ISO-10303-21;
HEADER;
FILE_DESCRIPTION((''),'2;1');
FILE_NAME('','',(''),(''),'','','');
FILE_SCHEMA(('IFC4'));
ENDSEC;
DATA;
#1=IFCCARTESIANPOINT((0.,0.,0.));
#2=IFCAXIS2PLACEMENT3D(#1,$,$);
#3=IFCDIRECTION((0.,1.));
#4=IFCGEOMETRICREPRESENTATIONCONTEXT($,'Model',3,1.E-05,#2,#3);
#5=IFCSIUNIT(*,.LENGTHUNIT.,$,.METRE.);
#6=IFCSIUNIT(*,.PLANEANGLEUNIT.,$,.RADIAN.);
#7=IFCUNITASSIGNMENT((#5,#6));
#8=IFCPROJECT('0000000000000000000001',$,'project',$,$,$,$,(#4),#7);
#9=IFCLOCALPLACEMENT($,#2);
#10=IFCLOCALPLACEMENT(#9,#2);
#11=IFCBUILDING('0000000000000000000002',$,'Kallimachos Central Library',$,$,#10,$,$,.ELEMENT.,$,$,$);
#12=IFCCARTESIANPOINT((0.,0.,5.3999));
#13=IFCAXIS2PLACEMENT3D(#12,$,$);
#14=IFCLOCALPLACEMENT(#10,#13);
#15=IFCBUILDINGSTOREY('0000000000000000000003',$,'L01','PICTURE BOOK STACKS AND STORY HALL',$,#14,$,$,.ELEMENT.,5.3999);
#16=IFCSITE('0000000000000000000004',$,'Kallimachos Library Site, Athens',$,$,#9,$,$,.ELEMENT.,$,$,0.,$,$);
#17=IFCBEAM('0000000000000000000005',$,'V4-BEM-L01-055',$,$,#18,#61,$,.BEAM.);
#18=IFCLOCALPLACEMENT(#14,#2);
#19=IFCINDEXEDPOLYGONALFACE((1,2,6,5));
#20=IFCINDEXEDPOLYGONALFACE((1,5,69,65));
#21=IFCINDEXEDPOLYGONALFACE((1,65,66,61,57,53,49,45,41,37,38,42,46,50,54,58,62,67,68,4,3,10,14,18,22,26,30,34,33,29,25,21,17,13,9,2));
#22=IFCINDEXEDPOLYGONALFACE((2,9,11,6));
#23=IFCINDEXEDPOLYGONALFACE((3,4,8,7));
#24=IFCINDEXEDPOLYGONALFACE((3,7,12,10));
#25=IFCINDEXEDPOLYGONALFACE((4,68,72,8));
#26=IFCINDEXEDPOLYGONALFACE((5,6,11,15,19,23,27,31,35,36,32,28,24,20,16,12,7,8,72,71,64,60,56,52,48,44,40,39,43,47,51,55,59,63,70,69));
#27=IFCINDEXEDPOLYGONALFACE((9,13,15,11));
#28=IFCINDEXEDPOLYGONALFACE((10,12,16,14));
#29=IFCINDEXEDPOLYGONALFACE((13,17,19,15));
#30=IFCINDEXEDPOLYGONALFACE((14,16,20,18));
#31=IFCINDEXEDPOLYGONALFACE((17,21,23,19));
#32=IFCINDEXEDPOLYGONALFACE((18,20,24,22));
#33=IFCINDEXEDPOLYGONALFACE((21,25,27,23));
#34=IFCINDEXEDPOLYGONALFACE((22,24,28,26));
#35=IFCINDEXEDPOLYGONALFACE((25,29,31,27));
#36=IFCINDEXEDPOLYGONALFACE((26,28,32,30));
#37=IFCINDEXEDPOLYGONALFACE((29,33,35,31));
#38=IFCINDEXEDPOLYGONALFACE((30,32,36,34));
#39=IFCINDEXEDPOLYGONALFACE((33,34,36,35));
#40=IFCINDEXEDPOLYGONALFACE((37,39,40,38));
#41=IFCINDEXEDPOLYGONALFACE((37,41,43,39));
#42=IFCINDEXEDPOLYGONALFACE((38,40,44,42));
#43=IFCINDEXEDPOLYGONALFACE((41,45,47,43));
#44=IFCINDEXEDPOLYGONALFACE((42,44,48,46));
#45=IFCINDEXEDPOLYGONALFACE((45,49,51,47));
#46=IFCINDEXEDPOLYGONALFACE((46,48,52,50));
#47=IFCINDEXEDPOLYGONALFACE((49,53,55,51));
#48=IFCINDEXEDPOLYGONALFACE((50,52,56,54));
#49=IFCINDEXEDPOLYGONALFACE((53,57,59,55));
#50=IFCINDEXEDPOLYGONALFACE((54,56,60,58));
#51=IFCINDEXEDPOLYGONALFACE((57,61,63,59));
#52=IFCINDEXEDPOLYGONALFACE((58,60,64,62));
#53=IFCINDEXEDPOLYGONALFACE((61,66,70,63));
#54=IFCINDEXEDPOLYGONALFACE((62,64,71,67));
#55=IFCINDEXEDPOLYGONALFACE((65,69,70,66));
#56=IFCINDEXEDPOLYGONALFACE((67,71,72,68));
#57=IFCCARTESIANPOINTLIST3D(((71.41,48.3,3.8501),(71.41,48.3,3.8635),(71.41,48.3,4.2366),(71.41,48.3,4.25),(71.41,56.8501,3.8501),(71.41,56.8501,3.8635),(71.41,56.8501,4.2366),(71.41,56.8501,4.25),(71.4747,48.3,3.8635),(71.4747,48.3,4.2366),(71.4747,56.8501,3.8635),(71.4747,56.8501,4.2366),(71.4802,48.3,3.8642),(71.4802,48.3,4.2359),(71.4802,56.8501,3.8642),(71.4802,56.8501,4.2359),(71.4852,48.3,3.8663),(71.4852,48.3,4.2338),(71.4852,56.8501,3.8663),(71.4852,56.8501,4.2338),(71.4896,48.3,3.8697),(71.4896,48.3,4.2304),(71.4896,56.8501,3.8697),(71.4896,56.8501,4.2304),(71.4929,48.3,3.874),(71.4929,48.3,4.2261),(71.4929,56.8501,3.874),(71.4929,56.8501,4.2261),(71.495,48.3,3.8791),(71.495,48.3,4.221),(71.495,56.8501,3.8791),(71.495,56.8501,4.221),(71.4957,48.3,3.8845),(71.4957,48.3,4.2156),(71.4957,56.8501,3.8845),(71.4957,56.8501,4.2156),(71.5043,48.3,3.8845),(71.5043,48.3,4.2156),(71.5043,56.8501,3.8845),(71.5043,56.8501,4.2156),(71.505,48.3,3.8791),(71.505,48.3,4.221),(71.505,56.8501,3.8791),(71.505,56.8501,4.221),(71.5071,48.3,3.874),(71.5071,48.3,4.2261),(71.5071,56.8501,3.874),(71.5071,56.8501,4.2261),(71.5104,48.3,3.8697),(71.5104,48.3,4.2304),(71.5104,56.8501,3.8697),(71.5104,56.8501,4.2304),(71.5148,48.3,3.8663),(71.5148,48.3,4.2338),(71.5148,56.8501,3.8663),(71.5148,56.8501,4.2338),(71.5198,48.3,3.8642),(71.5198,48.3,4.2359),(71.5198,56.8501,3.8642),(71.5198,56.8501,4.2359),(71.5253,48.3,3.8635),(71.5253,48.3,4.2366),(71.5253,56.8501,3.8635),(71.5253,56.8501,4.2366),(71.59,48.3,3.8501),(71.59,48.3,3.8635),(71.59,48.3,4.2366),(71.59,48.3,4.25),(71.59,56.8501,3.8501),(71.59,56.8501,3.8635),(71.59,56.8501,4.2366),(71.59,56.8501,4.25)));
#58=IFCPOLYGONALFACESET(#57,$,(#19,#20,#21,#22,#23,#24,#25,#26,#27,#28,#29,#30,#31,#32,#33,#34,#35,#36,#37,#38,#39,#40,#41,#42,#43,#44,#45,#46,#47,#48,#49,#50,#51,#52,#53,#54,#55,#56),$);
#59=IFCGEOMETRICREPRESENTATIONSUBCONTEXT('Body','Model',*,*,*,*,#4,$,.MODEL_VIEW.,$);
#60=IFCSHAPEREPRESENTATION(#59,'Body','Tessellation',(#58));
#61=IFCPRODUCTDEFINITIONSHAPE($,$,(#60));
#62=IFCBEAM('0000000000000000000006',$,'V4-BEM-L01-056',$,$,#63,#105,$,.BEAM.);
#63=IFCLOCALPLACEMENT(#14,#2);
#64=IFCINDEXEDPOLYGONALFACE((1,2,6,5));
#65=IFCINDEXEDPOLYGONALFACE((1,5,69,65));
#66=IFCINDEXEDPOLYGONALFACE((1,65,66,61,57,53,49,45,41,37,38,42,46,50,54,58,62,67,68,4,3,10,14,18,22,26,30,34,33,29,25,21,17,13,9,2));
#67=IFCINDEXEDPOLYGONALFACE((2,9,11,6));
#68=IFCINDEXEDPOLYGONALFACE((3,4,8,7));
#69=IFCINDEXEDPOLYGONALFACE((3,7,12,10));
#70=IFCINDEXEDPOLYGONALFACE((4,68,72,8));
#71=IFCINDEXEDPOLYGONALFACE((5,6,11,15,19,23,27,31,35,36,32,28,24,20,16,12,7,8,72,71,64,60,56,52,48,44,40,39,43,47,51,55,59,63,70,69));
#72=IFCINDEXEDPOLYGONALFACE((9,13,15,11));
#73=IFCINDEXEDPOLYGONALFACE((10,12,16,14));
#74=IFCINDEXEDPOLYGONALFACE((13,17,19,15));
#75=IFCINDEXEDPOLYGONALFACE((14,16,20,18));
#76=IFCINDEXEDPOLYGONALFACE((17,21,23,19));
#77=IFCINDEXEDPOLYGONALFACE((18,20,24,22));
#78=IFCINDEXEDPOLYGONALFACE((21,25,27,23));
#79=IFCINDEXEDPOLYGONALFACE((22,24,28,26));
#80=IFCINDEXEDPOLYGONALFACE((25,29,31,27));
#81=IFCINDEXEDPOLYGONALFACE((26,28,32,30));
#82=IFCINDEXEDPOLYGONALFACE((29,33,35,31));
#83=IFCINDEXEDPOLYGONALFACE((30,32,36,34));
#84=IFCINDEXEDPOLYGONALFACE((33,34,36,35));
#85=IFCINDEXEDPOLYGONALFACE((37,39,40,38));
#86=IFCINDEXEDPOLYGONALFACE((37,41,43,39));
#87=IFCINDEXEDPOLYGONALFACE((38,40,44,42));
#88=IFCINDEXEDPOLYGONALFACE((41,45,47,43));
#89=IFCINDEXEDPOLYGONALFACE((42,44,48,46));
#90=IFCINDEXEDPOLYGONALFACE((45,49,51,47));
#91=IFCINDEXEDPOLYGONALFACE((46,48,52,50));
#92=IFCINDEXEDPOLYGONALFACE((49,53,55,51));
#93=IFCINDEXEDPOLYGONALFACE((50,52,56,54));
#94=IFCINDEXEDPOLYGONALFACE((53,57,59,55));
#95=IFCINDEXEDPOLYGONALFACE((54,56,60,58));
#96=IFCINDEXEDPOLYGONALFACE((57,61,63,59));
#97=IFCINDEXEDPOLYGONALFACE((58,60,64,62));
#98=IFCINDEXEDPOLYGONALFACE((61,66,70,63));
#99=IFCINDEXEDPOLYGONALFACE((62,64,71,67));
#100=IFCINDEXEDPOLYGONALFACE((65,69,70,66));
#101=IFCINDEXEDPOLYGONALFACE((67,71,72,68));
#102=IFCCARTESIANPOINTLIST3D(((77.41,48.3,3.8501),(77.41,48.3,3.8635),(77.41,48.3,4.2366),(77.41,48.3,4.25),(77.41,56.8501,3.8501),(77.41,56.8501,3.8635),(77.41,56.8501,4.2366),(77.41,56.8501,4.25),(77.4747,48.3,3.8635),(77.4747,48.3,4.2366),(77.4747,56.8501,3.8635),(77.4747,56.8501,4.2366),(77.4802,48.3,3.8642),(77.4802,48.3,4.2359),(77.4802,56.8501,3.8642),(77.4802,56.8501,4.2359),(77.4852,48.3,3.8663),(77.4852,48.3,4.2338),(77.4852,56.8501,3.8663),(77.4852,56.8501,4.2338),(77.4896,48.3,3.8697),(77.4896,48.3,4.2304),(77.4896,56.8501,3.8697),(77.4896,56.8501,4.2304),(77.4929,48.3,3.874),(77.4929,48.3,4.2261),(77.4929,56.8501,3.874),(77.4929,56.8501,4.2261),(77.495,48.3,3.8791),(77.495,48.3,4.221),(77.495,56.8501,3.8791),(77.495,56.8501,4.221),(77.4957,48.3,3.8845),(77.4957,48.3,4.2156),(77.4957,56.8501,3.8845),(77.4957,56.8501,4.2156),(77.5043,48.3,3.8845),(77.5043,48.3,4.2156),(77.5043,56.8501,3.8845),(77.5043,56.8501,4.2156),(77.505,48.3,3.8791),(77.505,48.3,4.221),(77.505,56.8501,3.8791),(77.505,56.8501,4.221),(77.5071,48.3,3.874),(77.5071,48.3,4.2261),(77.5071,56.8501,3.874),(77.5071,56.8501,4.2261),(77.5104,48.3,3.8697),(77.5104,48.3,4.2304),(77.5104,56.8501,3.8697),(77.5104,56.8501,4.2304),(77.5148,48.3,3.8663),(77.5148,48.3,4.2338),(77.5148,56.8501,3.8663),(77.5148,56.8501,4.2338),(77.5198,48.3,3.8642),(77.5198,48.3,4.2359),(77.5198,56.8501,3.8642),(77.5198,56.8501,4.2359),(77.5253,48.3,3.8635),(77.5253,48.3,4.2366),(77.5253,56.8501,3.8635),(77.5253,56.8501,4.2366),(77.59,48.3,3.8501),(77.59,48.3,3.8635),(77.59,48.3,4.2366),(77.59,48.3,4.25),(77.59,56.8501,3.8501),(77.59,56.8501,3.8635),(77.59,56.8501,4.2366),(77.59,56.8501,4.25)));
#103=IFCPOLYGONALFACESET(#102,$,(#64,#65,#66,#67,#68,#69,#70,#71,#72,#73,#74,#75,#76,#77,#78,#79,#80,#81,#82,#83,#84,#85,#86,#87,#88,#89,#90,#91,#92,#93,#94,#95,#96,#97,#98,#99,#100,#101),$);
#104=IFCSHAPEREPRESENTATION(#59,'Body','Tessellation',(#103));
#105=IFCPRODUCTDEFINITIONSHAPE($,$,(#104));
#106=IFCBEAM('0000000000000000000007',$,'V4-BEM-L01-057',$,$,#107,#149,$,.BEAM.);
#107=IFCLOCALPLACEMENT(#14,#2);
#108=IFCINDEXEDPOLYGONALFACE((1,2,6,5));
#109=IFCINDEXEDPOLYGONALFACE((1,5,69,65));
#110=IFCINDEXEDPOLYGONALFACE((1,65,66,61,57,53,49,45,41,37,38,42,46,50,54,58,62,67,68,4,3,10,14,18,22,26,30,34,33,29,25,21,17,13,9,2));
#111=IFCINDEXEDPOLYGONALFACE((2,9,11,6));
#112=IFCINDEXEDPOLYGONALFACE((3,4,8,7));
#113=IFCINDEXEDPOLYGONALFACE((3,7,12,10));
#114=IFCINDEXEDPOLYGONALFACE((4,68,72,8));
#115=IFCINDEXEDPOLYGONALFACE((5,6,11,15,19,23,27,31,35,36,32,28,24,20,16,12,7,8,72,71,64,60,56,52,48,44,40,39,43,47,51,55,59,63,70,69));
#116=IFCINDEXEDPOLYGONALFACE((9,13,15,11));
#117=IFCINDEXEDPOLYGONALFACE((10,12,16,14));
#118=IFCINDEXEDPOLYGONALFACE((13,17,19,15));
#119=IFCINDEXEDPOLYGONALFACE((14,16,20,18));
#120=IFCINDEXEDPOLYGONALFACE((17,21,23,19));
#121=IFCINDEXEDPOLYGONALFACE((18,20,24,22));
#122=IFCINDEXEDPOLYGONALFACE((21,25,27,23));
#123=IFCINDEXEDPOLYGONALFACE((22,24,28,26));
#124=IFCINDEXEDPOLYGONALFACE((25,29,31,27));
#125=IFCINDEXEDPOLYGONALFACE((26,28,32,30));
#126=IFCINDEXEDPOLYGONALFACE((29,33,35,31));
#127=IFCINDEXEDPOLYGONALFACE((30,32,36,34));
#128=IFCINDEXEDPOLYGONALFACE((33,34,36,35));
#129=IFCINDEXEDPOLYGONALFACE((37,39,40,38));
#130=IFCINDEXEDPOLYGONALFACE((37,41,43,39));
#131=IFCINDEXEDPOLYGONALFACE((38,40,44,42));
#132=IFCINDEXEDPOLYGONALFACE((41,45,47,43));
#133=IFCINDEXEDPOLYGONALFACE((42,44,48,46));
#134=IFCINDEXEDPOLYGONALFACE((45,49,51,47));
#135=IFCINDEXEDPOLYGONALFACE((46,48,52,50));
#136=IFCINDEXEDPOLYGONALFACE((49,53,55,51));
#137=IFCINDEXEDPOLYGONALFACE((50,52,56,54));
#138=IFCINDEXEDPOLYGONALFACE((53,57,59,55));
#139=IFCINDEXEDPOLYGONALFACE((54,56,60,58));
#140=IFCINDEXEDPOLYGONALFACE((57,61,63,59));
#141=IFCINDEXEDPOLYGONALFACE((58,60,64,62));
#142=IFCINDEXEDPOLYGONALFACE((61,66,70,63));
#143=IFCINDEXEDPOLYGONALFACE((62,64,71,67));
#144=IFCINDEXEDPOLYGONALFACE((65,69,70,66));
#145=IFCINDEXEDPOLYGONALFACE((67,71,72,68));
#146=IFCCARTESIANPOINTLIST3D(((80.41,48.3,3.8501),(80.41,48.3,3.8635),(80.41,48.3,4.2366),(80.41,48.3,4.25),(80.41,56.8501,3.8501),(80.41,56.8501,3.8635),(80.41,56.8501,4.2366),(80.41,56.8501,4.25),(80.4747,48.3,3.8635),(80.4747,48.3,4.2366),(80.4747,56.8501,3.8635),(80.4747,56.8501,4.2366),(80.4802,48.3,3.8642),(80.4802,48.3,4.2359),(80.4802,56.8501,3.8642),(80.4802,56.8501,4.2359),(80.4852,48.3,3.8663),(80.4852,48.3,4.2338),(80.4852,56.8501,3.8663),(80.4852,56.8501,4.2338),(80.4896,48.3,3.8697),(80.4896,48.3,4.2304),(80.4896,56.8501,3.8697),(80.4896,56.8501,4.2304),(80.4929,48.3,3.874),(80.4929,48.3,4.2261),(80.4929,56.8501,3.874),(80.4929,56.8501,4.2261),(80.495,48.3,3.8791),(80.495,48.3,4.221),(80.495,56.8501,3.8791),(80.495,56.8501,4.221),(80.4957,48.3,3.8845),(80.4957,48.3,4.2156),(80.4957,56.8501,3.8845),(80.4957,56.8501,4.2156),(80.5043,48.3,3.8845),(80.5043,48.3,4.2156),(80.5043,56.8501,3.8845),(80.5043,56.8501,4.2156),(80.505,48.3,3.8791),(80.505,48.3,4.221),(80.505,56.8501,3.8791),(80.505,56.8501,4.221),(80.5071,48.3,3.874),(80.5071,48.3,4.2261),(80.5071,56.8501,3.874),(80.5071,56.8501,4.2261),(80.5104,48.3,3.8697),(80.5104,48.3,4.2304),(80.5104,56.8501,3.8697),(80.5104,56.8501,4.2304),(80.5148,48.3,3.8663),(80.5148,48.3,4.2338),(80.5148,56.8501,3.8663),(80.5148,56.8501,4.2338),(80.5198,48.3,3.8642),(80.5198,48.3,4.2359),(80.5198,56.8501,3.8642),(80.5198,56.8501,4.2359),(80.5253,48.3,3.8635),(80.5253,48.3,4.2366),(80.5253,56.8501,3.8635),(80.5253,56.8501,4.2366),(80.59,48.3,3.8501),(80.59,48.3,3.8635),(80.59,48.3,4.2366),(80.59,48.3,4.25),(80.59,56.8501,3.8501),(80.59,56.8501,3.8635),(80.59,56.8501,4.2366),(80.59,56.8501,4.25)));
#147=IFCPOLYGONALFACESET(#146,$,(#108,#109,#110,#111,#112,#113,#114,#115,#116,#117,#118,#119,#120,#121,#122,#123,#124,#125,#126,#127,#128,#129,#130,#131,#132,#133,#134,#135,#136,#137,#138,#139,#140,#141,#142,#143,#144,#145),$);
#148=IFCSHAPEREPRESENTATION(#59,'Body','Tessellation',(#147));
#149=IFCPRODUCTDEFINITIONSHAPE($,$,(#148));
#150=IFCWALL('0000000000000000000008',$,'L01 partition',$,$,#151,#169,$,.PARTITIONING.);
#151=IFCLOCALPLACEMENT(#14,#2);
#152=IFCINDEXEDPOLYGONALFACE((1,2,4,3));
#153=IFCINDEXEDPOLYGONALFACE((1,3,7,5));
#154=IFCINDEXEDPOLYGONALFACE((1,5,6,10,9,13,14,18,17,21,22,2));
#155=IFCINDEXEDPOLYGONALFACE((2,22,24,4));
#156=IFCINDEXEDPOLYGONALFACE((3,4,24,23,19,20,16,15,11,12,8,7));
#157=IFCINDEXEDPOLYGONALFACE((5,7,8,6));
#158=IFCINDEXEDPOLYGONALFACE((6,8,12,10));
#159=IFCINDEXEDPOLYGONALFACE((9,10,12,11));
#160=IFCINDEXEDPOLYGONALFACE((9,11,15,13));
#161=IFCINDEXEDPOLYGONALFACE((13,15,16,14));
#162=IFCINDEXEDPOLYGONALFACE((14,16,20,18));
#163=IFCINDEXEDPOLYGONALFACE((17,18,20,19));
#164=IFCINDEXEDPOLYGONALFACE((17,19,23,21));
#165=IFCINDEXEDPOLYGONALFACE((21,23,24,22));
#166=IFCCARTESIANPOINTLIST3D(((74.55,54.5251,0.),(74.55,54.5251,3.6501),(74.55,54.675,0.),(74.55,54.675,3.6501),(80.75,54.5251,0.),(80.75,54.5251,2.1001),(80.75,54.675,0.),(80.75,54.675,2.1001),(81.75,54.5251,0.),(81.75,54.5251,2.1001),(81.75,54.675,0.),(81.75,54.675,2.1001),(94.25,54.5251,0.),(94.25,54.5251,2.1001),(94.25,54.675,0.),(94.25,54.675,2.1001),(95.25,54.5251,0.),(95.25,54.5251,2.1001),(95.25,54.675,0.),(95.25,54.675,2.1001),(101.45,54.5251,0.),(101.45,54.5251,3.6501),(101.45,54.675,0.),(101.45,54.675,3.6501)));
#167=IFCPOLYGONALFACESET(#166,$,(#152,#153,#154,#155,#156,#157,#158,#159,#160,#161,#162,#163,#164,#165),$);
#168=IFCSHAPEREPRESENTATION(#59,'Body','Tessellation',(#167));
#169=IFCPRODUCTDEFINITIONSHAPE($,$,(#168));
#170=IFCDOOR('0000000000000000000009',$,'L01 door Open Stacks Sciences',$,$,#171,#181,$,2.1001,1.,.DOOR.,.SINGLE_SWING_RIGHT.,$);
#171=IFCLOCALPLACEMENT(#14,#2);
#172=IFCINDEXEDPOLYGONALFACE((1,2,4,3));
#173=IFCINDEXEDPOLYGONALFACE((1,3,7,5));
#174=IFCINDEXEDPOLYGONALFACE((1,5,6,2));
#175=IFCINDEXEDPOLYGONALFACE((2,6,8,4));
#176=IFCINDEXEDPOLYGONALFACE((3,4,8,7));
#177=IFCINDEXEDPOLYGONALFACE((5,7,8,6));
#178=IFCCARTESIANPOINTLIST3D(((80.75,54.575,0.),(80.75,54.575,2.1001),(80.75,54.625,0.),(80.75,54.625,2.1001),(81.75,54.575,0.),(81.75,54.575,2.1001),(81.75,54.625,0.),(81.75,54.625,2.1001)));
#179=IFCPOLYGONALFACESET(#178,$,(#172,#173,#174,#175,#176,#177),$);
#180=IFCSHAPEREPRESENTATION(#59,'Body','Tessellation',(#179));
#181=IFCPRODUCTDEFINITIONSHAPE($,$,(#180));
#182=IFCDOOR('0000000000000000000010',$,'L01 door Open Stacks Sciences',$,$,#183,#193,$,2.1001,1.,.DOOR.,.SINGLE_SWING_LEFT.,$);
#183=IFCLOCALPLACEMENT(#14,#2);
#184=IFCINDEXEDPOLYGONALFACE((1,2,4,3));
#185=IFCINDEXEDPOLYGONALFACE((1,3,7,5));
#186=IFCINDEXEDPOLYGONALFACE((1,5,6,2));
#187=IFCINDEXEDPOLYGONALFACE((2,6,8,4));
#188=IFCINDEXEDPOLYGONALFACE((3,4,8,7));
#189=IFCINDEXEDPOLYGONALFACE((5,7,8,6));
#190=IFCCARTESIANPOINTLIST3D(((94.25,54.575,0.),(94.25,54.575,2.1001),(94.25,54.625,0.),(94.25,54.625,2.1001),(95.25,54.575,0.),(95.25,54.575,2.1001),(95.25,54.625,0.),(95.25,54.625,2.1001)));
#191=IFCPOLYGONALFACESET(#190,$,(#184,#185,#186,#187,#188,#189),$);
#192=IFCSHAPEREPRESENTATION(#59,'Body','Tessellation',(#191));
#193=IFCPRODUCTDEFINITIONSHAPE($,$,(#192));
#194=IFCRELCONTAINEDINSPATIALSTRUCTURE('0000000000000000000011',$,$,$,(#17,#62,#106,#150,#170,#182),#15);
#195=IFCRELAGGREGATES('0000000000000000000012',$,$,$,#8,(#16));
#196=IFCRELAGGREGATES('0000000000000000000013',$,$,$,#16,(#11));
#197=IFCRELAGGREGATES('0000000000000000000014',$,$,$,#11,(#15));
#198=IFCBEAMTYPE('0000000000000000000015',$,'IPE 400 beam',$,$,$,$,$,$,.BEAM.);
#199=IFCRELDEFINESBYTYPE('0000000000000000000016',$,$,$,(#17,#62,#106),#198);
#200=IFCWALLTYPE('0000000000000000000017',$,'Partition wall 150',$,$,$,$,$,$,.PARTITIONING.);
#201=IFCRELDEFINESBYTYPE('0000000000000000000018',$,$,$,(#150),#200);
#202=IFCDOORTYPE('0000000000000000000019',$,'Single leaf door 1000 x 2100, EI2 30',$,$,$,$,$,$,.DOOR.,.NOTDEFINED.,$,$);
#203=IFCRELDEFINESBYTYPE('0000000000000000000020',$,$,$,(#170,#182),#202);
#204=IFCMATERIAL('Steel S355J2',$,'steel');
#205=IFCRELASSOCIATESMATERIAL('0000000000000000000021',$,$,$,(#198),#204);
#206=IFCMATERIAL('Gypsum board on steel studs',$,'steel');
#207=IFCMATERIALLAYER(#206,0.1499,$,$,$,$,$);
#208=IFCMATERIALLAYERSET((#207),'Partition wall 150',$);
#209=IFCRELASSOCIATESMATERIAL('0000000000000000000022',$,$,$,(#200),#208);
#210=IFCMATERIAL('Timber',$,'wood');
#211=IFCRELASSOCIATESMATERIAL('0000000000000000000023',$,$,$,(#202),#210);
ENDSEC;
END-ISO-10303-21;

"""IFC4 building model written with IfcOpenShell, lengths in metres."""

from ifc_helpers import new_model, si_unit, direction, frame, frame_2d, origin, origin_2d, place, context, subcontext, project, spatial, rectangle, i_section, extrude, material, layer, layer_set, material_profile, profile_set, type_object, element, fill, save


model = new_model("IFC4")

# Units and contexts
model_context = context("Model", 3, precision=1e-05, world=origin(), true_north=direction((0.0, 1.0)))
body_context = subcontext(model_context, "Body", "Model", "MODEL_VIEW")
ifc_project = project(units=[si_unit("LENGTHUNIT", "METRE"), si_unit("PLANEANGLEUNIT", "RADIAN")], contexts=[model_context])

# Site, building, storey
site_placement = place(None, origin())
site = spatial("IfcSite", under=ifc_project, at=site_placement, Name="Kallimachos Library Site, Athens", CompositionType="ELEMENT", RefElevation=0.0)
building_placement = place(site_placement, origin())
building = spatial("IfcBuilding", under=site, at=building_placement, Name="Kallimachos Central Library", CompositionType="ELEMENT")
storey_placement = place(building_placement, frame((0.0, 0.0, 5.3999)))
storey = spatial("IfcBuildingStorey", under=building, at=storey_placement, Name="L01", Description="PICTURE BOOK STACKS AND STORY HALL", CompositionType="ELEMENT", Elevation=5.3999)

# Beams
ifc_material_1 = material(Name="Steel S355J2", Category="steel")
ifc_material_profile_1 = material_profile(ifc_material_1, i_section(OverallWidth=0.1799, OverallDepth=0.3999, WebThickness=0.0085, FlangeThickness=0.0134, FilletRadius=0.021, at=origin_2d()), Name="IPE 400")
ifc_profile_set_1 = profile_set([ifc_material_profile_1], Name="Steel S355J2")
beam_type_1 = type_object("IfcBeamType", Name="IPE 400 beam", PredefinedType="BEAM", material=ifc_profile_set_1)
for number, where, z_axis, x_axis, name in (
    (1, (71.5, 48.3, 4.05), (0.0, 1.0, 0.0), (-1.0, 0.0, 0.0), "V4-BEM-L01-055"),
    (2, (77.5, 48.3, 4.05), (0.0, 1.0, 0.0), (-1.0, 0.0, 0.0), "V4-BEM-L01-056"),
    (3, (80.5, 48.3, 4.05), (0.0, 1.0, 0.0), (-1.0, 0.0, 0.0), "V4-BEM-L01-057"),
):
    element("IfcBeam", number, at=place(storey_placement, frame(where, z_axis=z_axis, x_axis=x_axis)), inside=storey, type_object=beam_type_1, Name=name, PredefinedType="BEAM", context=body_context, shape_type="SweptSolid", body=[
        extrude(i_section(OverallWidth=0.1799, OverallDepth=0.3999, WebThickness=0.0085, FlangeThickness=0.0134, FilletRadius=0.021, at=origin_2d()), origin(), (0.0, 0.0, 1.0), 8.55),
    ])

# Wall, openings, doors
ifc_material_2 = material(Name="Gypsum board on steel studs", Category="steel")
ifc_layer_1 = layer(ifc_material_2, 0.1499)
ifc_layer_set_1 = layer_set([ifc_layer_1], Name="Partition wall 150")
wall_type_1 = type_object("IfcWallType", Name="Partition wall 150", PredefinedType="PARTITIONING", material=ifc_layer_set_1)
wall_1_placement = place(storey_placement, frame((74.55, 54.6001, 0.0), z_axis=(0.0, 0.0, 1.0), x_axis=(1.0, 0.0, 0.0)))
wall_1 = element("IfcWall", 4, at=wall_1_placement, inside=storey, type_object=wall_type_1, Name="L01 partition", PredefinedType="PARTITIONING", context=body_context, shape_type="SweptSolid", body=[
    extrude(rectangle(XDim=26.8999, YDim=0.1499, at=frame_2d((13.45, 0.0))), origin(), (0.0, 0.0, 1.0), 3.6501),
])
opening_1_placement = place(wall_1_placement, frame((6.2, 0.0, 0.0)))
opening_1 = element("IfcOpeningElement", 5, at=opening_1_placement, cuts=wall_1, PredefinedType="OPENING", context=body_context, shape_type="SweptSolid", body=[
    extrude(rectangle(XDim=1.0, YDim=2.1001, at=frame_2d((0.5, 1.05))), frame((0.0, 0.085, 0.0), z_axis=(0.0, -1.0, 0.0), x_axis=(1.0, 0.0, 0.0)), (0.0, 0.0, 1.0), 0.1699),
])
opening_2_placement = place(wall_1_placement, frame((19.7, 0.0, 0.0)))
opening_2 = element("IfcOpeningElement", 6, at=opening_2_placement, cuts=wall_1, PredefinedType="OPENING", context=body_context, shape_type="SweptSolid", body=[
    extrude(rectangle(XDim=1.0, YDim=2.1001, at=frame_2d((0.5, 1.05))), frame((0.0, 0.085, 0.0), z_axis=(0.0, -1.0, 0.0), x_axis=(1.0, 0.0, 0.0)), (0.0, 0.0, 1.0), 0.1699),
])
ifc_material_3 = material(Name="Timber", Category="wood")
door_type_1 = type_object("IfcDoorType", Name="Single leaf door 1000 x 2100, EI2 30", OperationType="NOTDEFINED", PredefinedType="DOOR", material=ifc_material_3)
door_1_placement = place(opening_1_placement, origin())
door_1 = element("IfcDoor", 7, at=door_1_placement, inside=storey, type_object=door_type_1, Name="L01 door Open Stacks Sciences", OperationType="SINGLE_SWING_RIGHT", OverallHeight=2.1001, OverallWidth=1.0, PredefinedType="DOOR", context=body_context, shape_type="SweptSolid", body=[
    extrude(rectangle(XDim=1.0, YDim=2.1001, at=frame_2d((0.5, 1.05))), frame((0.0, 0.0249, 0.0), z_axis=(0.0, -1.0, 0.0), x_axis=(1.0, 0.0, 0.0)), (0.0, 0.0, 1.0), 0.05),
])
fill(opening_1, door_1)
door_2_placement = place(opening_2_placement, origin())
door_2 = element("IfcDoor", 8, at=door_2_placement, inside=storey, type_object=door_type_1, Name="L01 door Open Stacks Sciences", OperationType="SINGLE_SWING_LEFT", OverallHeight=2.1001, OverallWidth=1.0, PredefinedType="DOOR", context=body_context, shape_type="SweptSolid", body=[
    extrude(rectangle(XDim=1.0, YDim=2.1001, at=frame_2d((0.5, 1.05))), frame((0.0, 0.0249, 0.0), z_axis=(0.0, -1.0, 0.0), x_axis=(1.0, 0.0, 0.0)), (0.0, 0.0, 1.0), 0.05),
])
fill(opening_2, door_2)

save(model, "model.ifc")
